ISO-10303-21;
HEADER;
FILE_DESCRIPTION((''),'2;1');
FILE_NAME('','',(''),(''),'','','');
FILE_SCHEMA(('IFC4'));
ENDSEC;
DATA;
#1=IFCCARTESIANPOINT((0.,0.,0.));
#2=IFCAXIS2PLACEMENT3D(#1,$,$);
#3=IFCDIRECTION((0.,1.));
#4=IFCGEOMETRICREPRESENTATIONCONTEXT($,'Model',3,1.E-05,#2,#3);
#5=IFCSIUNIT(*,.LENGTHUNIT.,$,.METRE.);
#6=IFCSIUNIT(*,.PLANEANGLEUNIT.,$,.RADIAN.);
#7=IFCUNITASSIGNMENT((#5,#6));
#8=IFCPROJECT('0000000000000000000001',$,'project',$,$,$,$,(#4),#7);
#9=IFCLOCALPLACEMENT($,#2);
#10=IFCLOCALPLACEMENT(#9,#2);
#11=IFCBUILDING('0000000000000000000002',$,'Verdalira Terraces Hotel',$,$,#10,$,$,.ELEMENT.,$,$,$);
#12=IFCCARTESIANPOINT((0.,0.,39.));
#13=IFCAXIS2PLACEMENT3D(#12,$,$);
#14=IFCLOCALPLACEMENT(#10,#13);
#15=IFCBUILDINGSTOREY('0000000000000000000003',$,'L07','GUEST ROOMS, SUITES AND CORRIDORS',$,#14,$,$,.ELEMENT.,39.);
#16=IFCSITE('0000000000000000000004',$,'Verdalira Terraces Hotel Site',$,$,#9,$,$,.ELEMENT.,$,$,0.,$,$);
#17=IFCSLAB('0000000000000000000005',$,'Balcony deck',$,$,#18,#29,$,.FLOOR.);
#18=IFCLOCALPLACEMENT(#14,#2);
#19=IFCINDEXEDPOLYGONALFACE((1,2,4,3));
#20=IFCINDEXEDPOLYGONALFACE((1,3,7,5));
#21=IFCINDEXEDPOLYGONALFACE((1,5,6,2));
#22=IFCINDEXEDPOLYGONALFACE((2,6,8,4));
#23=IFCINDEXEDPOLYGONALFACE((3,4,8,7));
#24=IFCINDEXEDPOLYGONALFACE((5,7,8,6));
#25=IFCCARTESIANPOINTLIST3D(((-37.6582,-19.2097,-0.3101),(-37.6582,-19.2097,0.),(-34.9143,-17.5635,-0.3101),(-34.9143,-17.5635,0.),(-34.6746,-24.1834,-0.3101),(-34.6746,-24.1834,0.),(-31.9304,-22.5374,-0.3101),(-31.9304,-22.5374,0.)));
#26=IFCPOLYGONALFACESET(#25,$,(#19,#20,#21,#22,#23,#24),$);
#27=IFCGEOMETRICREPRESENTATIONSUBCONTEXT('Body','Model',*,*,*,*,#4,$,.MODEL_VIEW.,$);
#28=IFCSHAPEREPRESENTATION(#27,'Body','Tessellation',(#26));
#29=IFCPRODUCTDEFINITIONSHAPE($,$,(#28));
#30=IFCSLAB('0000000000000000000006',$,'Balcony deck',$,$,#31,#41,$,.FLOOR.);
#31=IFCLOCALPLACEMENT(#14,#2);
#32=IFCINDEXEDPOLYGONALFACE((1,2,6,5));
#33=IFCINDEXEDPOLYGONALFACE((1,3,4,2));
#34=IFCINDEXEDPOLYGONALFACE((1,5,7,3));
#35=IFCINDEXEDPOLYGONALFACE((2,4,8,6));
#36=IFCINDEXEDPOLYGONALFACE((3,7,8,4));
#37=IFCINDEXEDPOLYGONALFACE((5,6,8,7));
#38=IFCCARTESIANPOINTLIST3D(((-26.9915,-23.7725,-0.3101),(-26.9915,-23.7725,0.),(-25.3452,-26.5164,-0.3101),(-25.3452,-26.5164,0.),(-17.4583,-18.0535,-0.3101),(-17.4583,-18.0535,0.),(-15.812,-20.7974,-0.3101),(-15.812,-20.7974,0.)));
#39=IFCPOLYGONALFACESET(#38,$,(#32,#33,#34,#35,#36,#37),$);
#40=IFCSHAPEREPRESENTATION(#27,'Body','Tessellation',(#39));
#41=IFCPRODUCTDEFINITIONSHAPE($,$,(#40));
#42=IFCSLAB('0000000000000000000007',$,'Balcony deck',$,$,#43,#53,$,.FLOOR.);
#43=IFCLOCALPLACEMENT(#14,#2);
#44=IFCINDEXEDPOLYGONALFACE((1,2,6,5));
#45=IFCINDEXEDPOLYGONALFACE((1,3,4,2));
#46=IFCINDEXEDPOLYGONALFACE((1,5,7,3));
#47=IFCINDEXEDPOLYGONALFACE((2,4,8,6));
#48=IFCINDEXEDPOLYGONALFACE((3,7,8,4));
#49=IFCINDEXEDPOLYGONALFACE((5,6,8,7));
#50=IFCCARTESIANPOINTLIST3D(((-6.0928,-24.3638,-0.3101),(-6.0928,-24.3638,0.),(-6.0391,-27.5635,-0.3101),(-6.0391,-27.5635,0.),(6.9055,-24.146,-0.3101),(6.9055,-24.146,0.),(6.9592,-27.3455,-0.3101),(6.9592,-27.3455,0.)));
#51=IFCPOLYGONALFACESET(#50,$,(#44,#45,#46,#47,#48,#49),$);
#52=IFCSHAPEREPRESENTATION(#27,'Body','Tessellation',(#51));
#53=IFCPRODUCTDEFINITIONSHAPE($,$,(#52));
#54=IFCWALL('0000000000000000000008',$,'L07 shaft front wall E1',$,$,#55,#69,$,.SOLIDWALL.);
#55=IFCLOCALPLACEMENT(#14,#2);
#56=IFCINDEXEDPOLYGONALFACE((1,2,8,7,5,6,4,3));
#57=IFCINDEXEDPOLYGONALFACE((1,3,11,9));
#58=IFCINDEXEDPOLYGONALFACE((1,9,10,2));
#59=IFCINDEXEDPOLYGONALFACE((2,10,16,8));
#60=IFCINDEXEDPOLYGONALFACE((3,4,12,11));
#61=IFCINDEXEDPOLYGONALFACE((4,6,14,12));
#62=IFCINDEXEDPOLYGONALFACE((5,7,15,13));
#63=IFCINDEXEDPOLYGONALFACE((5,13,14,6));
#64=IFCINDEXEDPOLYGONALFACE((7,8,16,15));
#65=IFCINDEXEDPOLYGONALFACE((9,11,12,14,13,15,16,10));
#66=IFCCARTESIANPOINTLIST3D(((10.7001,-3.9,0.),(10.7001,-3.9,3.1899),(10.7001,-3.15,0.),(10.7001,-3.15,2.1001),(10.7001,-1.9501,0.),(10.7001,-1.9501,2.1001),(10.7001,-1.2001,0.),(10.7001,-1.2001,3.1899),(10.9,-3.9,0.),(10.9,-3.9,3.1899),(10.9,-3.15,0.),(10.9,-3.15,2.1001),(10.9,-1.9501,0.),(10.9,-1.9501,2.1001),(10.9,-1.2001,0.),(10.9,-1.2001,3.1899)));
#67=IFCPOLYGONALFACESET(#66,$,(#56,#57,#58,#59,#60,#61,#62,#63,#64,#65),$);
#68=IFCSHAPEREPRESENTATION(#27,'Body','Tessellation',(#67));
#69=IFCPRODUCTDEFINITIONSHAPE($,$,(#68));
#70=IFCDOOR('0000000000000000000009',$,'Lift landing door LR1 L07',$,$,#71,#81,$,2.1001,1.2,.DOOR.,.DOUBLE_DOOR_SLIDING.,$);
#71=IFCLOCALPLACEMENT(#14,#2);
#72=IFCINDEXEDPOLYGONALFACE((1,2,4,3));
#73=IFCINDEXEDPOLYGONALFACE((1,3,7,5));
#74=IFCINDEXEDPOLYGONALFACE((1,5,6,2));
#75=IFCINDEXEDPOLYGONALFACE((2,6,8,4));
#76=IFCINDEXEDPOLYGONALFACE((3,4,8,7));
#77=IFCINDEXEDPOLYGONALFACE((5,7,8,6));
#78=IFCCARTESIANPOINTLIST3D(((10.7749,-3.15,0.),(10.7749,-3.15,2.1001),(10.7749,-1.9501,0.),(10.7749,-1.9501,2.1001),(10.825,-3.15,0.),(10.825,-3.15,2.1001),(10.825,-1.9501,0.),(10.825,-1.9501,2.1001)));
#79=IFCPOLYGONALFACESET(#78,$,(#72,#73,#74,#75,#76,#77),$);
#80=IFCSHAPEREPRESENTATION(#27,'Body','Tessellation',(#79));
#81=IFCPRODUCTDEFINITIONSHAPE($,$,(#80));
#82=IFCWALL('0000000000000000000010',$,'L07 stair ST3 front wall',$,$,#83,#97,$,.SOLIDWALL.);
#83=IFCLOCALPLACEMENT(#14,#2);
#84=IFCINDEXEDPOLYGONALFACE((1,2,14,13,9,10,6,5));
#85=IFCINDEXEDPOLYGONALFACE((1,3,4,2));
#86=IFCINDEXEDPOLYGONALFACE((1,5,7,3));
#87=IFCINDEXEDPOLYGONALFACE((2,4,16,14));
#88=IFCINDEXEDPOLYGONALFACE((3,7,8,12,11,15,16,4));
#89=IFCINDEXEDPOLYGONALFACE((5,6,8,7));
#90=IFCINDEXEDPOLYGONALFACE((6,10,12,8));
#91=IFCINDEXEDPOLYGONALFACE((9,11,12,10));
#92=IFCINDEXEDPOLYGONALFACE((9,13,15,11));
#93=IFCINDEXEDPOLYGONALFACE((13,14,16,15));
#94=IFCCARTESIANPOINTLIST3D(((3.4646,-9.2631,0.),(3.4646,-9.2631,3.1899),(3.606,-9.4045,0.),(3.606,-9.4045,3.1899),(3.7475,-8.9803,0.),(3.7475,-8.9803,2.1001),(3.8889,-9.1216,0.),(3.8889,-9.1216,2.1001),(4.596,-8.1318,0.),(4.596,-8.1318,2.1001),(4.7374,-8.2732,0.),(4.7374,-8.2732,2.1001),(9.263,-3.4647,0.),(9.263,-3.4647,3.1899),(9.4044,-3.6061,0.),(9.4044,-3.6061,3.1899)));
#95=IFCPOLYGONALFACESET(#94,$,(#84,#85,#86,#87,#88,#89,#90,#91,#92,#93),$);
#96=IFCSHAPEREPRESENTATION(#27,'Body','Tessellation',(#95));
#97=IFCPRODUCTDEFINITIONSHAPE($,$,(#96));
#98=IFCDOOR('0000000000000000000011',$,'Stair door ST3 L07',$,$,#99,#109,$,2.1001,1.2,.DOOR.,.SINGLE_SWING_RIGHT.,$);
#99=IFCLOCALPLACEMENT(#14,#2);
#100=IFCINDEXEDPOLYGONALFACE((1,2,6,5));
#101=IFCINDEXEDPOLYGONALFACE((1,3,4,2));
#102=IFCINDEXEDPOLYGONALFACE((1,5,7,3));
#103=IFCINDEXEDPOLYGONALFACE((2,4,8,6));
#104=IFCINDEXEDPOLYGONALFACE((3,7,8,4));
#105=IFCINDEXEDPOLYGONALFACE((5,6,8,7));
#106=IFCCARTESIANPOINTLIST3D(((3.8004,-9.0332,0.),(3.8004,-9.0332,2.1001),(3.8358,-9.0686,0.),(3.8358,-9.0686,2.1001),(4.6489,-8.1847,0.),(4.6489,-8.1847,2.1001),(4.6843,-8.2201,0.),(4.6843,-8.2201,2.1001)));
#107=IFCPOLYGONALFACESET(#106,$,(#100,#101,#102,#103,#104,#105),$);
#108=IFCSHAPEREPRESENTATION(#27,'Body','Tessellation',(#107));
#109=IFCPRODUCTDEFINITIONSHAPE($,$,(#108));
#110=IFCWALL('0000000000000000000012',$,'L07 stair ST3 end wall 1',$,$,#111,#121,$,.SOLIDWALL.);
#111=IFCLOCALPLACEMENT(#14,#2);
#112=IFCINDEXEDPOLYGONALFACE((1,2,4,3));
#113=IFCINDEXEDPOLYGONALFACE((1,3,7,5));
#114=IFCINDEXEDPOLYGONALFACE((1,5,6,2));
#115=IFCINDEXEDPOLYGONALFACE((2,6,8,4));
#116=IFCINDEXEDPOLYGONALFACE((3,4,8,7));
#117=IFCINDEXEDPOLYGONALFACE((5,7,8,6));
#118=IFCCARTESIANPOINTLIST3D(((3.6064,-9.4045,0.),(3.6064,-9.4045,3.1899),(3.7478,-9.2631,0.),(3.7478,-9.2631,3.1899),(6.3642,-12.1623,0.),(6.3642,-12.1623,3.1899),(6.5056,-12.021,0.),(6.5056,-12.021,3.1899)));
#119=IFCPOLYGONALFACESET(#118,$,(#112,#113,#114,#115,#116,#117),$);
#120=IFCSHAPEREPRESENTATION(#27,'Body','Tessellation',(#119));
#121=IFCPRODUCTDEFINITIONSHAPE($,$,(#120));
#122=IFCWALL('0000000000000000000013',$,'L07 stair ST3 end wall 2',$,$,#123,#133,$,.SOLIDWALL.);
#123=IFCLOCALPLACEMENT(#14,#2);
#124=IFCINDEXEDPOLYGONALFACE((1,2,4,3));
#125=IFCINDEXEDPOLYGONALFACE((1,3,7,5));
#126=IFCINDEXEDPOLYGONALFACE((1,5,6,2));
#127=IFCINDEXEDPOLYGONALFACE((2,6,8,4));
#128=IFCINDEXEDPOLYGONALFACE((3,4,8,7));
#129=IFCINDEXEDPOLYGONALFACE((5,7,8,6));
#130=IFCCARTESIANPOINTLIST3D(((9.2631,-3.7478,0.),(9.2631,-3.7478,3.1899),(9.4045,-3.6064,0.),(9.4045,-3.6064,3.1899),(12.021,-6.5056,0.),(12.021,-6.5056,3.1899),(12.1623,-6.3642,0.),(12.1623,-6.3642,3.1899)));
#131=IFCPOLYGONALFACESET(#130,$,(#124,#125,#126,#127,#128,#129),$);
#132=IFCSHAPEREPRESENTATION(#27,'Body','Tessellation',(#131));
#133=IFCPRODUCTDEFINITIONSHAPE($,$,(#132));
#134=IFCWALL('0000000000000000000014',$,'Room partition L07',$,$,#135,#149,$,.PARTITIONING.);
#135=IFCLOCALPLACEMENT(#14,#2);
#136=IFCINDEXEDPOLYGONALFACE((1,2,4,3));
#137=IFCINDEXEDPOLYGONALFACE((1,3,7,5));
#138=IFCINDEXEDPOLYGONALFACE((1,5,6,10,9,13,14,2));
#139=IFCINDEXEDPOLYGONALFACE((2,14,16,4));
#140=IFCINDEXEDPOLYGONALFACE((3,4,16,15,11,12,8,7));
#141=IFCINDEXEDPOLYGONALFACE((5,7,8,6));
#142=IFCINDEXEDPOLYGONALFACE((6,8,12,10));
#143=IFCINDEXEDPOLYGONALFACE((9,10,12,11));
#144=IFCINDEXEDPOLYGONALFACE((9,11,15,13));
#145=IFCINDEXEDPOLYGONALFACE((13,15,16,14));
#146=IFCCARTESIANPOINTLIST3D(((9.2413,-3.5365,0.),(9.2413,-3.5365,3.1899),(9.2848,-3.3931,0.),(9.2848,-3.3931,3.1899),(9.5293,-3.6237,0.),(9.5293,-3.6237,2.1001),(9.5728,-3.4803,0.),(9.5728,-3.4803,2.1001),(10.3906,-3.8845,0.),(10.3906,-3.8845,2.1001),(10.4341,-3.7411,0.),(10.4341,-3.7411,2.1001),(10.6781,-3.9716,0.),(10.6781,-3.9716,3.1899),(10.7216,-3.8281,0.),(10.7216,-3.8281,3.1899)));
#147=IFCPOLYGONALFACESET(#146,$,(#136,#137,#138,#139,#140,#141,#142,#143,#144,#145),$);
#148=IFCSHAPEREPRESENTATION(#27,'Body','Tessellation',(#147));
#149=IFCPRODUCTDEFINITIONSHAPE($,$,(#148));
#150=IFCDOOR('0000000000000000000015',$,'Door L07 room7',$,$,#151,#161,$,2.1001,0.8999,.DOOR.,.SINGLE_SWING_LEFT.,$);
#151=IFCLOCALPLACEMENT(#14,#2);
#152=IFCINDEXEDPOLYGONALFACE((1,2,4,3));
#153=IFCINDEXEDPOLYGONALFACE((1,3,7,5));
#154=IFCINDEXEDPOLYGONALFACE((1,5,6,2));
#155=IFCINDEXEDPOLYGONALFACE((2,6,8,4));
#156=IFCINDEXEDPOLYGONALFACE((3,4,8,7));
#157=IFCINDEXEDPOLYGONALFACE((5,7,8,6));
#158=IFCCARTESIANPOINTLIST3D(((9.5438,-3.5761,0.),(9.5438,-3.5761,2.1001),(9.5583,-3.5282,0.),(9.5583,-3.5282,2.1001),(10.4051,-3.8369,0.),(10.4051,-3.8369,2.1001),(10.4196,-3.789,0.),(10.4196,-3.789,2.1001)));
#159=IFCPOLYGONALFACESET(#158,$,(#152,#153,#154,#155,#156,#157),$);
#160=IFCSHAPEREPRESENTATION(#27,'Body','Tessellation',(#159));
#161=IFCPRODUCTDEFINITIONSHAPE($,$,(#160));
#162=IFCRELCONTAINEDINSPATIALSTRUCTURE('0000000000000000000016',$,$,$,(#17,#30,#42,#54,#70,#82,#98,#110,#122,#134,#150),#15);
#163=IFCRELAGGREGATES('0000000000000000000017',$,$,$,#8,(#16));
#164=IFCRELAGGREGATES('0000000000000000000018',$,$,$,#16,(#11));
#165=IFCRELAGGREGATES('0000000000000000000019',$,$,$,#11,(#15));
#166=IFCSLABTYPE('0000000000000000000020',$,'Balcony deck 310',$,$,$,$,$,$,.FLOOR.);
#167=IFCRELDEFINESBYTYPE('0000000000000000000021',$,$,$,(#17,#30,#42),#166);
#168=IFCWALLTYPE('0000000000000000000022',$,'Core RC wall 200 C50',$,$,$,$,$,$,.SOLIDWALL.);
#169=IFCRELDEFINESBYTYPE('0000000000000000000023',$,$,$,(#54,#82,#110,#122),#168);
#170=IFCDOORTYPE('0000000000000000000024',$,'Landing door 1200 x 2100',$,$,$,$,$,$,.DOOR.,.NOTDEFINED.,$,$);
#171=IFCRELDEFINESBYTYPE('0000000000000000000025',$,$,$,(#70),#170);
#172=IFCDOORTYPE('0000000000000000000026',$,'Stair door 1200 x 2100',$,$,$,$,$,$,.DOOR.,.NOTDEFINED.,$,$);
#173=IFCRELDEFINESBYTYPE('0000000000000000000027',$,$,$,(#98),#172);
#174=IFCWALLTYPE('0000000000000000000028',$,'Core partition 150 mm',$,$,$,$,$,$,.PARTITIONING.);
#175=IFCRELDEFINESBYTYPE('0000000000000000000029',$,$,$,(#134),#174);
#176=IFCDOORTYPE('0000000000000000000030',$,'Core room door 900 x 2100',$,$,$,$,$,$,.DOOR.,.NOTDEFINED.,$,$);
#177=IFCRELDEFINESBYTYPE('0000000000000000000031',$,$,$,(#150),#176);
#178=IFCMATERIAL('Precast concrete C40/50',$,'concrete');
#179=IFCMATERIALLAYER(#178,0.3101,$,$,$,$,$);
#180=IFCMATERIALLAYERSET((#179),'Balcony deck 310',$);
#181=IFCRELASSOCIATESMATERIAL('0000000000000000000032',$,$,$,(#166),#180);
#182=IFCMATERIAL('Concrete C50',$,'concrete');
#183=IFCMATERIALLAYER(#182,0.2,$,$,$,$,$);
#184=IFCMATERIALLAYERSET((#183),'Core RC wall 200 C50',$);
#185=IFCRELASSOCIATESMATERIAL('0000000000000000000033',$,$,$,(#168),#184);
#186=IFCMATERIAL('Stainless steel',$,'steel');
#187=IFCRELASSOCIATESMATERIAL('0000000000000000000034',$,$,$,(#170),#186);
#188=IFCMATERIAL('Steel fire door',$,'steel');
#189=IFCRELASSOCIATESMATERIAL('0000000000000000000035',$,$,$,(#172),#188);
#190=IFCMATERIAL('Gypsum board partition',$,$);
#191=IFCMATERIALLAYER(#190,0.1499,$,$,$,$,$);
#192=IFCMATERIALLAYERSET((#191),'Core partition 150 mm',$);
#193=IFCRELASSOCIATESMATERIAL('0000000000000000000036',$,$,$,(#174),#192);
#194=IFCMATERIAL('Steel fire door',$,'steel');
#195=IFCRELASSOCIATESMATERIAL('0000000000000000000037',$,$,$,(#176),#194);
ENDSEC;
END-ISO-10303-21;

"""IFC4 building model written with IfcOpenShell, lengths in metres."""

from ifc_helpers import new_model, si_unit, direction, frame, frame_2d, origin, place, context, subcontext, project, spatial, polyline, rectangle, outline, extrude, material, layer, layer_set, type_object, element, fill, save


model = new_model("IFC4")

# Units and contexts
model_context = context("Model", 3, precision=1e-05, world=origin(), true_north=direction((0.0, 1.0)))
body_context = subcontext(model_context, "Body", "Model", "MODEL_VIEW")
ifc_project = project(units=[si_unit("LENGTHUNIT", "METRE"), si_unit("PLANEANGLEUNIT", "RADIAN")], contexts=[model_context])

# Site, building, storey
site_placement = place(None, origin())
site = spatial("IfcSite", under=ifc_project, at=site_placement, Name="Verdalira Terraces Hotel Site", CompositionType="ELEMENT", RefElevation=0.0)
building_placement = place(site_placement, origin())
building = spatial("IfcBuilding", under=site, at=building_placement, Name="Verdalira Terraces Hotel", CompositionType="ELEMENT")
storey_placement = place(building_placement, frame((0.0, 0.0, 39.0)))
storey = spatial("IfcBuildingStorey", under=building, at=storey_placement, Name="L07", Description="GUEST ROOMS, SUITES AND CORRIDORS", CompositionType="ELEMENT", Elevation=39.0)

# Slabs
ifc_material_1 = material(Name="Precast concrete C40/50", Category="concrete")
ifc_layer_1 = layer(ifc_material_1, 0.3101)
ifc_layer_set_1 = layer_set([ifc_layer_1], Name="Balcony deck 310")
slab_type = type_object("IfcSlabType", Name="Balcony deck 310", PredefinedType="FLOOR", material=ifc_layer_set_1)
slab_1_placement = place(storey_placement, frame((0.0, 0.0, -0.3101)))
element("IfcSlab", 1, at=slab_1_placement, inside=storey, type_object=slab_type, Name="Balcony deck", PredefinedType="FLOOR", context=body_context, shape_type="SweptSolid", body=[
    extrude(outline(polyline([(-34.6746, -24.1834), (-31.9304, -22.5374), (-34.9143, -17.5635), (-37.6582, -19.2097), (-34.6746, -24.1834)])), origin(), (0.0, 0.0, 1.0), 0.3101),
])
slab_2_placement = place(storey_placement, frame((0.0, 0.0, -0.3101)))
element("IfcSlab", 2, at=slab_2_placement, inside=storey, type_object=slab_type, Name="Balcony deck", PredefinedType="FLOOR", context=body_context, shape_type="SweptSolid", body=[
    extrude(outline(polyline([(-15.812, -20.7974), (-17.4583, -18.0535), (-26.9915, -23.7725), (-25.3452, -26.5164), (-15.812, -20.7974)])), origin(), (0.0, 0.0, 1.0), 0.3101),
])
slab_3_placement = place(storey_placement, frame((0.0, 0.0, -0.3101)))
element("IfcSlab", 3, at=slab_3_placement, inside=storey, type_object=slab_type, Name="Balcony deck", PredefinedType="FLOOR", context=body_context, shape_type="SweptSolid", body=[
    extrude(outline(polyline([(6.9592, -27.3455), (6.9055, -24.146), (-6.0928, -24.3638), (-6.0391, -27.5635), (6.9592, -27.3455)])), origin(), (0.0, 0.0, 1.0), 0.3101),
])

# Walls, openings, doors
ifc_material_2 = material(Name="Concrete C50", Category="concrete")
ifc_layer_2 = layer(ifc_material_2, 0.2)
ifc_layer_set_2 = layer_set([ifc_layer_2], Name="Core RC wall 200 C50")
wall_type_1 = type_object("IfcWallType", Name="Core RC wall 200 C50", PredefinedType="SOLIDWALL", material=ifc_layer_set_2)
wall_1_placement = place(storey_placement, frame((10.8, -1.2, 0.0), z_axis=(0.0, 0.0, 1.0), x_axis=(0.0, -1.0, 0.0)))
wall_1 = element("IfcWall", 4, at=wall_1_placement, inside=storey, type_object=wall_type_1, Name="L07 shaft front wall E1", PredefinedType="SOLIDWALL", context=body_context, shape_type="SweptSolid", body=[
    extrude(rectangle(XDim=2.7, YDim=0.2, at=frame_2d((1.3501, 0.0))), origin(), (0.0, 0.0, 1.0), 3.1899),
])
opening_1_placement = place(wall_1_placement, frame((0.75, 0.0, 0.0)))
opening_1 = element("IfcOpeningElement", 5, at=opening_1_placement, cuts=wall_1, PredefinedType="OPENING", context=body_context, shape_type="SweptSolid", body=[
    extrude(rectangle(XDim=1.2, YDim=2.1001, at=frame_2d((0.6001, 1.05))), frame((0.0, 0.1099, 0.0), z_axis=(0.0, -1.0, 0.0), x_axis=(1.0, 0.0, 0.0)), (0.0, 0.0, 1.0), 0.22),
])
ifc_material_3 = material(Name="Stainless steel", Category="steel")
door_type_1 = type_object("IfcDoorType", Name="Landing door 1200 x 2100", OperationType="NOTDEFINED", PredefinedType="DOOR", material=ifc_material_3)
door_1_placement = place(opening_1_placement, origin())
door_1 = element("IfcDoor", 6, at=door_1_placement, inside=storey, type_object=door_type_1, Name="Lift landing door LR1 L07", OperationType="DOUBLE_DOOR_SLIDING", OverallHeight=2.1001, OverallWidth=1.2, PredefinedType="DOOR", context=body_context, shape_type="SweptSolid", body=[
    extrude(rectangle(XDim=1.2, YDim=2.1001, at=frame_2d((0.6001, 1.05))), frame((0.0, 0.0249, 0.0), z_axis=(0.0, -1.0, 0.0), x_axis=(1.0, 0.0, 0.0)), (0.0, 0.0, 1.0), 0.05),
])
fill(opening_1, door_1)
wall_2_placement = place(storey_placement, frame((9.3337, -3.5354, 0.0), z_axis=(0.0, 0.0, 1.0), x_axis=(-0.707107, -0.707107, 0.0)))
wall_2 = element("IfcWall", 7, at=wall_2_placement, inside=storey, type_object=wall_type_1, Name="L07 stair ST3 front wall", PredefinedType="SOLIDWALL", context=body_context, shape_type="SweptSolid", body=[
    extrude(rectangle(XDim=8.2002, YDim=0.2, at=frame_2d((4.1001, 0.0))), origin(), (0.0, 0.0, 1.0), 3.1899),
])
opening_2_placement = place(wall_2_placement, frame((6.6001, 0.0, 0.0)))
opening_2 = element("IfcOpeningElement", 8, at=opening_2_placement, cuts=wall_2, PredefinedType="OPENING", context=body_context, shape_type="SweptSolid", body=[
    extrude(rectangle(XDim=1.2, YDim=2.1001, at=frame_2d((0.6001, 1.05))), frame((0.0, 0.1099, 0.0), z_axis=(0.0, -1.0, 0.0), x_axis=(1.0, 0.0, 0.0)), (0.0, 0.0, 1.0), 0.22),
])
ifc_material_4 = material(Name="Steel fire door", Category="steel")
door_type_2 = type_object("IfcDoorType", Name="Stair door 1200 x 2100", OperationType="NOTDEFINED", PredefinedType="DOOR", material=ifc_material_4)
door_2_placement = place(opening_2_placement, origin())
door_2 = element("IfcDoor", 9, at=door_2_placement, inside=storey, type_object=door_type_2, Name="Stair door ST3 L07", OperationType="SINGLE_SWING_RIGHT", OverallHeight=2.1001, OverallWidth=1.2, PredefinedType="DOOR", context=body_context, shape_type="SweptSolid", body=[
    extrude(rectangle(XDim=1.2, YDim=2.1001, at=frame_2d((0.6001, 1.05))), frame((0.0, 0.0249, 0.0), z_axis=(0.0, -1.0, 0.0), x_axis=(1.0, 0.0, 0.0)), (0.0, 0.0, 1.0), 0.05),
])
fill(opening_2, door_2)

# Walls
for number, where, z_axis, x_axis, name in (
    (10, (3.677, -9.3337, 0.0), (0.0, 0.0, 1.0), (0.707107, -0.707107, 0.0), "L07 stair ST3 end wall 1"),
    (11, (9.3337, -3.677, 0.0), (0.0, 0.0, 1.0), (0.707107, -0.707107, 0.0), "L07 stair ST3 end wall 2"),
):
    element("IfcWall", number, at=place(storey_placement, frame(where, z_axis=z_axis, x_axis=x_axis)), inside=storey, type_object=wall_type_1, Name=name, PredefinedType="SOLIDWALL", context=body_context, shape_type="SweptSolid", body=[
        extrude(rectangle(XDim=3.9001, YDim=0.2, at=frame_2d((1.9502, 0.0))), origin(), (0.0, 0.0, 1.0), 3.1899),
    ])

# Wall, opening, door
ifc_material_5 = material(Name="Gypsum board partition")
ifc_layer_3 = layer(ifc_material_5, 0.1499)
ifc_layer_set_3 = layer_set([ifc_layer_3], Name="Core partition 150 mm")
wall_type_2 = type_object("IfcWallType", Name="Core partition 150 mm", PredefinedType="PARTITIONING", material=ifc_layer_set_3)
wall_3_placement = place(storey_placement, frame((9.2632, -3.4648, 0.0), z_axis=(0.0, 0.0, 1.0), x_axis=(0.957085, -0.289809, 0.0)))
wall_3 = element("IfcWall", 12, at=wall_3_placement, inside=storey, type_object=wall_type_2, Name="Room partition L07", PredefinedType="PARTITIONING", context=body_context, shape_type="SweptSolid", body=[
    extrude(rectangle(XDim=1.5012, YDim=0.1499, at=frame_2d((0.7505, 0.0))), origin(), (0.0, 0.0, 1.0), 3.1899),
])
opening_3_placement = place(wall_3_placement, frame((0.3008, 0.0, 0.0)))
opening_3 = element("IfcOpeningElement", 13, at=opening_3_placement, cuts=wall_3, PredefinedType="OPENING", context=body_context, shape_type="SweptSolid", body=[
    extrude(rectangle(XDim=0.8999, YDim=2.1001, at=frame_2d((0.45, 1.05))), frame((0.0, 0.085, 0.0), z_axis=(0.0, -1.0, 0.0), x_axis=(1.0, 0.0, 0.0)), (0.0, 0.0, 1.0), 0.1699),
])
ifc_material_6 = material(Name="Steel fire door", Category="steel")
door_type_3 = type_object("IfcDoorType", Name="Core room door 900 x 2100", OperationType="NOTDEFINED", PredefinedType="DOOR", material=ifc_material_6)
door_3_placement = place(opening_3_placement, origin())
door_3 = element("IfcDoor", 14, at=door_3_placement, inside=storey, type_object=door_type_3, Name="Door L07 room7", OperationType="SINGLE_SWING_LEFT", OverallHeight=2.1001, OverallWidth=0.8999, PredefinedType="DOOR", context=body_context, shape_type="SweptSolid", body=[
    extrude(rectangle(XDim=0.8999, YDim=2.1001, at=frame_2d((0.45, 1.05))), frame((0.0, 0.0249, 0.0), z_axis=(0.0, -1.0, 0.0), x_axis=(1.0, 0.0, 0.0)), (0.0, 0.0, 1.0), 0.05),
])
fill(opening_3, door_3)

save(model, "model.ifc")
